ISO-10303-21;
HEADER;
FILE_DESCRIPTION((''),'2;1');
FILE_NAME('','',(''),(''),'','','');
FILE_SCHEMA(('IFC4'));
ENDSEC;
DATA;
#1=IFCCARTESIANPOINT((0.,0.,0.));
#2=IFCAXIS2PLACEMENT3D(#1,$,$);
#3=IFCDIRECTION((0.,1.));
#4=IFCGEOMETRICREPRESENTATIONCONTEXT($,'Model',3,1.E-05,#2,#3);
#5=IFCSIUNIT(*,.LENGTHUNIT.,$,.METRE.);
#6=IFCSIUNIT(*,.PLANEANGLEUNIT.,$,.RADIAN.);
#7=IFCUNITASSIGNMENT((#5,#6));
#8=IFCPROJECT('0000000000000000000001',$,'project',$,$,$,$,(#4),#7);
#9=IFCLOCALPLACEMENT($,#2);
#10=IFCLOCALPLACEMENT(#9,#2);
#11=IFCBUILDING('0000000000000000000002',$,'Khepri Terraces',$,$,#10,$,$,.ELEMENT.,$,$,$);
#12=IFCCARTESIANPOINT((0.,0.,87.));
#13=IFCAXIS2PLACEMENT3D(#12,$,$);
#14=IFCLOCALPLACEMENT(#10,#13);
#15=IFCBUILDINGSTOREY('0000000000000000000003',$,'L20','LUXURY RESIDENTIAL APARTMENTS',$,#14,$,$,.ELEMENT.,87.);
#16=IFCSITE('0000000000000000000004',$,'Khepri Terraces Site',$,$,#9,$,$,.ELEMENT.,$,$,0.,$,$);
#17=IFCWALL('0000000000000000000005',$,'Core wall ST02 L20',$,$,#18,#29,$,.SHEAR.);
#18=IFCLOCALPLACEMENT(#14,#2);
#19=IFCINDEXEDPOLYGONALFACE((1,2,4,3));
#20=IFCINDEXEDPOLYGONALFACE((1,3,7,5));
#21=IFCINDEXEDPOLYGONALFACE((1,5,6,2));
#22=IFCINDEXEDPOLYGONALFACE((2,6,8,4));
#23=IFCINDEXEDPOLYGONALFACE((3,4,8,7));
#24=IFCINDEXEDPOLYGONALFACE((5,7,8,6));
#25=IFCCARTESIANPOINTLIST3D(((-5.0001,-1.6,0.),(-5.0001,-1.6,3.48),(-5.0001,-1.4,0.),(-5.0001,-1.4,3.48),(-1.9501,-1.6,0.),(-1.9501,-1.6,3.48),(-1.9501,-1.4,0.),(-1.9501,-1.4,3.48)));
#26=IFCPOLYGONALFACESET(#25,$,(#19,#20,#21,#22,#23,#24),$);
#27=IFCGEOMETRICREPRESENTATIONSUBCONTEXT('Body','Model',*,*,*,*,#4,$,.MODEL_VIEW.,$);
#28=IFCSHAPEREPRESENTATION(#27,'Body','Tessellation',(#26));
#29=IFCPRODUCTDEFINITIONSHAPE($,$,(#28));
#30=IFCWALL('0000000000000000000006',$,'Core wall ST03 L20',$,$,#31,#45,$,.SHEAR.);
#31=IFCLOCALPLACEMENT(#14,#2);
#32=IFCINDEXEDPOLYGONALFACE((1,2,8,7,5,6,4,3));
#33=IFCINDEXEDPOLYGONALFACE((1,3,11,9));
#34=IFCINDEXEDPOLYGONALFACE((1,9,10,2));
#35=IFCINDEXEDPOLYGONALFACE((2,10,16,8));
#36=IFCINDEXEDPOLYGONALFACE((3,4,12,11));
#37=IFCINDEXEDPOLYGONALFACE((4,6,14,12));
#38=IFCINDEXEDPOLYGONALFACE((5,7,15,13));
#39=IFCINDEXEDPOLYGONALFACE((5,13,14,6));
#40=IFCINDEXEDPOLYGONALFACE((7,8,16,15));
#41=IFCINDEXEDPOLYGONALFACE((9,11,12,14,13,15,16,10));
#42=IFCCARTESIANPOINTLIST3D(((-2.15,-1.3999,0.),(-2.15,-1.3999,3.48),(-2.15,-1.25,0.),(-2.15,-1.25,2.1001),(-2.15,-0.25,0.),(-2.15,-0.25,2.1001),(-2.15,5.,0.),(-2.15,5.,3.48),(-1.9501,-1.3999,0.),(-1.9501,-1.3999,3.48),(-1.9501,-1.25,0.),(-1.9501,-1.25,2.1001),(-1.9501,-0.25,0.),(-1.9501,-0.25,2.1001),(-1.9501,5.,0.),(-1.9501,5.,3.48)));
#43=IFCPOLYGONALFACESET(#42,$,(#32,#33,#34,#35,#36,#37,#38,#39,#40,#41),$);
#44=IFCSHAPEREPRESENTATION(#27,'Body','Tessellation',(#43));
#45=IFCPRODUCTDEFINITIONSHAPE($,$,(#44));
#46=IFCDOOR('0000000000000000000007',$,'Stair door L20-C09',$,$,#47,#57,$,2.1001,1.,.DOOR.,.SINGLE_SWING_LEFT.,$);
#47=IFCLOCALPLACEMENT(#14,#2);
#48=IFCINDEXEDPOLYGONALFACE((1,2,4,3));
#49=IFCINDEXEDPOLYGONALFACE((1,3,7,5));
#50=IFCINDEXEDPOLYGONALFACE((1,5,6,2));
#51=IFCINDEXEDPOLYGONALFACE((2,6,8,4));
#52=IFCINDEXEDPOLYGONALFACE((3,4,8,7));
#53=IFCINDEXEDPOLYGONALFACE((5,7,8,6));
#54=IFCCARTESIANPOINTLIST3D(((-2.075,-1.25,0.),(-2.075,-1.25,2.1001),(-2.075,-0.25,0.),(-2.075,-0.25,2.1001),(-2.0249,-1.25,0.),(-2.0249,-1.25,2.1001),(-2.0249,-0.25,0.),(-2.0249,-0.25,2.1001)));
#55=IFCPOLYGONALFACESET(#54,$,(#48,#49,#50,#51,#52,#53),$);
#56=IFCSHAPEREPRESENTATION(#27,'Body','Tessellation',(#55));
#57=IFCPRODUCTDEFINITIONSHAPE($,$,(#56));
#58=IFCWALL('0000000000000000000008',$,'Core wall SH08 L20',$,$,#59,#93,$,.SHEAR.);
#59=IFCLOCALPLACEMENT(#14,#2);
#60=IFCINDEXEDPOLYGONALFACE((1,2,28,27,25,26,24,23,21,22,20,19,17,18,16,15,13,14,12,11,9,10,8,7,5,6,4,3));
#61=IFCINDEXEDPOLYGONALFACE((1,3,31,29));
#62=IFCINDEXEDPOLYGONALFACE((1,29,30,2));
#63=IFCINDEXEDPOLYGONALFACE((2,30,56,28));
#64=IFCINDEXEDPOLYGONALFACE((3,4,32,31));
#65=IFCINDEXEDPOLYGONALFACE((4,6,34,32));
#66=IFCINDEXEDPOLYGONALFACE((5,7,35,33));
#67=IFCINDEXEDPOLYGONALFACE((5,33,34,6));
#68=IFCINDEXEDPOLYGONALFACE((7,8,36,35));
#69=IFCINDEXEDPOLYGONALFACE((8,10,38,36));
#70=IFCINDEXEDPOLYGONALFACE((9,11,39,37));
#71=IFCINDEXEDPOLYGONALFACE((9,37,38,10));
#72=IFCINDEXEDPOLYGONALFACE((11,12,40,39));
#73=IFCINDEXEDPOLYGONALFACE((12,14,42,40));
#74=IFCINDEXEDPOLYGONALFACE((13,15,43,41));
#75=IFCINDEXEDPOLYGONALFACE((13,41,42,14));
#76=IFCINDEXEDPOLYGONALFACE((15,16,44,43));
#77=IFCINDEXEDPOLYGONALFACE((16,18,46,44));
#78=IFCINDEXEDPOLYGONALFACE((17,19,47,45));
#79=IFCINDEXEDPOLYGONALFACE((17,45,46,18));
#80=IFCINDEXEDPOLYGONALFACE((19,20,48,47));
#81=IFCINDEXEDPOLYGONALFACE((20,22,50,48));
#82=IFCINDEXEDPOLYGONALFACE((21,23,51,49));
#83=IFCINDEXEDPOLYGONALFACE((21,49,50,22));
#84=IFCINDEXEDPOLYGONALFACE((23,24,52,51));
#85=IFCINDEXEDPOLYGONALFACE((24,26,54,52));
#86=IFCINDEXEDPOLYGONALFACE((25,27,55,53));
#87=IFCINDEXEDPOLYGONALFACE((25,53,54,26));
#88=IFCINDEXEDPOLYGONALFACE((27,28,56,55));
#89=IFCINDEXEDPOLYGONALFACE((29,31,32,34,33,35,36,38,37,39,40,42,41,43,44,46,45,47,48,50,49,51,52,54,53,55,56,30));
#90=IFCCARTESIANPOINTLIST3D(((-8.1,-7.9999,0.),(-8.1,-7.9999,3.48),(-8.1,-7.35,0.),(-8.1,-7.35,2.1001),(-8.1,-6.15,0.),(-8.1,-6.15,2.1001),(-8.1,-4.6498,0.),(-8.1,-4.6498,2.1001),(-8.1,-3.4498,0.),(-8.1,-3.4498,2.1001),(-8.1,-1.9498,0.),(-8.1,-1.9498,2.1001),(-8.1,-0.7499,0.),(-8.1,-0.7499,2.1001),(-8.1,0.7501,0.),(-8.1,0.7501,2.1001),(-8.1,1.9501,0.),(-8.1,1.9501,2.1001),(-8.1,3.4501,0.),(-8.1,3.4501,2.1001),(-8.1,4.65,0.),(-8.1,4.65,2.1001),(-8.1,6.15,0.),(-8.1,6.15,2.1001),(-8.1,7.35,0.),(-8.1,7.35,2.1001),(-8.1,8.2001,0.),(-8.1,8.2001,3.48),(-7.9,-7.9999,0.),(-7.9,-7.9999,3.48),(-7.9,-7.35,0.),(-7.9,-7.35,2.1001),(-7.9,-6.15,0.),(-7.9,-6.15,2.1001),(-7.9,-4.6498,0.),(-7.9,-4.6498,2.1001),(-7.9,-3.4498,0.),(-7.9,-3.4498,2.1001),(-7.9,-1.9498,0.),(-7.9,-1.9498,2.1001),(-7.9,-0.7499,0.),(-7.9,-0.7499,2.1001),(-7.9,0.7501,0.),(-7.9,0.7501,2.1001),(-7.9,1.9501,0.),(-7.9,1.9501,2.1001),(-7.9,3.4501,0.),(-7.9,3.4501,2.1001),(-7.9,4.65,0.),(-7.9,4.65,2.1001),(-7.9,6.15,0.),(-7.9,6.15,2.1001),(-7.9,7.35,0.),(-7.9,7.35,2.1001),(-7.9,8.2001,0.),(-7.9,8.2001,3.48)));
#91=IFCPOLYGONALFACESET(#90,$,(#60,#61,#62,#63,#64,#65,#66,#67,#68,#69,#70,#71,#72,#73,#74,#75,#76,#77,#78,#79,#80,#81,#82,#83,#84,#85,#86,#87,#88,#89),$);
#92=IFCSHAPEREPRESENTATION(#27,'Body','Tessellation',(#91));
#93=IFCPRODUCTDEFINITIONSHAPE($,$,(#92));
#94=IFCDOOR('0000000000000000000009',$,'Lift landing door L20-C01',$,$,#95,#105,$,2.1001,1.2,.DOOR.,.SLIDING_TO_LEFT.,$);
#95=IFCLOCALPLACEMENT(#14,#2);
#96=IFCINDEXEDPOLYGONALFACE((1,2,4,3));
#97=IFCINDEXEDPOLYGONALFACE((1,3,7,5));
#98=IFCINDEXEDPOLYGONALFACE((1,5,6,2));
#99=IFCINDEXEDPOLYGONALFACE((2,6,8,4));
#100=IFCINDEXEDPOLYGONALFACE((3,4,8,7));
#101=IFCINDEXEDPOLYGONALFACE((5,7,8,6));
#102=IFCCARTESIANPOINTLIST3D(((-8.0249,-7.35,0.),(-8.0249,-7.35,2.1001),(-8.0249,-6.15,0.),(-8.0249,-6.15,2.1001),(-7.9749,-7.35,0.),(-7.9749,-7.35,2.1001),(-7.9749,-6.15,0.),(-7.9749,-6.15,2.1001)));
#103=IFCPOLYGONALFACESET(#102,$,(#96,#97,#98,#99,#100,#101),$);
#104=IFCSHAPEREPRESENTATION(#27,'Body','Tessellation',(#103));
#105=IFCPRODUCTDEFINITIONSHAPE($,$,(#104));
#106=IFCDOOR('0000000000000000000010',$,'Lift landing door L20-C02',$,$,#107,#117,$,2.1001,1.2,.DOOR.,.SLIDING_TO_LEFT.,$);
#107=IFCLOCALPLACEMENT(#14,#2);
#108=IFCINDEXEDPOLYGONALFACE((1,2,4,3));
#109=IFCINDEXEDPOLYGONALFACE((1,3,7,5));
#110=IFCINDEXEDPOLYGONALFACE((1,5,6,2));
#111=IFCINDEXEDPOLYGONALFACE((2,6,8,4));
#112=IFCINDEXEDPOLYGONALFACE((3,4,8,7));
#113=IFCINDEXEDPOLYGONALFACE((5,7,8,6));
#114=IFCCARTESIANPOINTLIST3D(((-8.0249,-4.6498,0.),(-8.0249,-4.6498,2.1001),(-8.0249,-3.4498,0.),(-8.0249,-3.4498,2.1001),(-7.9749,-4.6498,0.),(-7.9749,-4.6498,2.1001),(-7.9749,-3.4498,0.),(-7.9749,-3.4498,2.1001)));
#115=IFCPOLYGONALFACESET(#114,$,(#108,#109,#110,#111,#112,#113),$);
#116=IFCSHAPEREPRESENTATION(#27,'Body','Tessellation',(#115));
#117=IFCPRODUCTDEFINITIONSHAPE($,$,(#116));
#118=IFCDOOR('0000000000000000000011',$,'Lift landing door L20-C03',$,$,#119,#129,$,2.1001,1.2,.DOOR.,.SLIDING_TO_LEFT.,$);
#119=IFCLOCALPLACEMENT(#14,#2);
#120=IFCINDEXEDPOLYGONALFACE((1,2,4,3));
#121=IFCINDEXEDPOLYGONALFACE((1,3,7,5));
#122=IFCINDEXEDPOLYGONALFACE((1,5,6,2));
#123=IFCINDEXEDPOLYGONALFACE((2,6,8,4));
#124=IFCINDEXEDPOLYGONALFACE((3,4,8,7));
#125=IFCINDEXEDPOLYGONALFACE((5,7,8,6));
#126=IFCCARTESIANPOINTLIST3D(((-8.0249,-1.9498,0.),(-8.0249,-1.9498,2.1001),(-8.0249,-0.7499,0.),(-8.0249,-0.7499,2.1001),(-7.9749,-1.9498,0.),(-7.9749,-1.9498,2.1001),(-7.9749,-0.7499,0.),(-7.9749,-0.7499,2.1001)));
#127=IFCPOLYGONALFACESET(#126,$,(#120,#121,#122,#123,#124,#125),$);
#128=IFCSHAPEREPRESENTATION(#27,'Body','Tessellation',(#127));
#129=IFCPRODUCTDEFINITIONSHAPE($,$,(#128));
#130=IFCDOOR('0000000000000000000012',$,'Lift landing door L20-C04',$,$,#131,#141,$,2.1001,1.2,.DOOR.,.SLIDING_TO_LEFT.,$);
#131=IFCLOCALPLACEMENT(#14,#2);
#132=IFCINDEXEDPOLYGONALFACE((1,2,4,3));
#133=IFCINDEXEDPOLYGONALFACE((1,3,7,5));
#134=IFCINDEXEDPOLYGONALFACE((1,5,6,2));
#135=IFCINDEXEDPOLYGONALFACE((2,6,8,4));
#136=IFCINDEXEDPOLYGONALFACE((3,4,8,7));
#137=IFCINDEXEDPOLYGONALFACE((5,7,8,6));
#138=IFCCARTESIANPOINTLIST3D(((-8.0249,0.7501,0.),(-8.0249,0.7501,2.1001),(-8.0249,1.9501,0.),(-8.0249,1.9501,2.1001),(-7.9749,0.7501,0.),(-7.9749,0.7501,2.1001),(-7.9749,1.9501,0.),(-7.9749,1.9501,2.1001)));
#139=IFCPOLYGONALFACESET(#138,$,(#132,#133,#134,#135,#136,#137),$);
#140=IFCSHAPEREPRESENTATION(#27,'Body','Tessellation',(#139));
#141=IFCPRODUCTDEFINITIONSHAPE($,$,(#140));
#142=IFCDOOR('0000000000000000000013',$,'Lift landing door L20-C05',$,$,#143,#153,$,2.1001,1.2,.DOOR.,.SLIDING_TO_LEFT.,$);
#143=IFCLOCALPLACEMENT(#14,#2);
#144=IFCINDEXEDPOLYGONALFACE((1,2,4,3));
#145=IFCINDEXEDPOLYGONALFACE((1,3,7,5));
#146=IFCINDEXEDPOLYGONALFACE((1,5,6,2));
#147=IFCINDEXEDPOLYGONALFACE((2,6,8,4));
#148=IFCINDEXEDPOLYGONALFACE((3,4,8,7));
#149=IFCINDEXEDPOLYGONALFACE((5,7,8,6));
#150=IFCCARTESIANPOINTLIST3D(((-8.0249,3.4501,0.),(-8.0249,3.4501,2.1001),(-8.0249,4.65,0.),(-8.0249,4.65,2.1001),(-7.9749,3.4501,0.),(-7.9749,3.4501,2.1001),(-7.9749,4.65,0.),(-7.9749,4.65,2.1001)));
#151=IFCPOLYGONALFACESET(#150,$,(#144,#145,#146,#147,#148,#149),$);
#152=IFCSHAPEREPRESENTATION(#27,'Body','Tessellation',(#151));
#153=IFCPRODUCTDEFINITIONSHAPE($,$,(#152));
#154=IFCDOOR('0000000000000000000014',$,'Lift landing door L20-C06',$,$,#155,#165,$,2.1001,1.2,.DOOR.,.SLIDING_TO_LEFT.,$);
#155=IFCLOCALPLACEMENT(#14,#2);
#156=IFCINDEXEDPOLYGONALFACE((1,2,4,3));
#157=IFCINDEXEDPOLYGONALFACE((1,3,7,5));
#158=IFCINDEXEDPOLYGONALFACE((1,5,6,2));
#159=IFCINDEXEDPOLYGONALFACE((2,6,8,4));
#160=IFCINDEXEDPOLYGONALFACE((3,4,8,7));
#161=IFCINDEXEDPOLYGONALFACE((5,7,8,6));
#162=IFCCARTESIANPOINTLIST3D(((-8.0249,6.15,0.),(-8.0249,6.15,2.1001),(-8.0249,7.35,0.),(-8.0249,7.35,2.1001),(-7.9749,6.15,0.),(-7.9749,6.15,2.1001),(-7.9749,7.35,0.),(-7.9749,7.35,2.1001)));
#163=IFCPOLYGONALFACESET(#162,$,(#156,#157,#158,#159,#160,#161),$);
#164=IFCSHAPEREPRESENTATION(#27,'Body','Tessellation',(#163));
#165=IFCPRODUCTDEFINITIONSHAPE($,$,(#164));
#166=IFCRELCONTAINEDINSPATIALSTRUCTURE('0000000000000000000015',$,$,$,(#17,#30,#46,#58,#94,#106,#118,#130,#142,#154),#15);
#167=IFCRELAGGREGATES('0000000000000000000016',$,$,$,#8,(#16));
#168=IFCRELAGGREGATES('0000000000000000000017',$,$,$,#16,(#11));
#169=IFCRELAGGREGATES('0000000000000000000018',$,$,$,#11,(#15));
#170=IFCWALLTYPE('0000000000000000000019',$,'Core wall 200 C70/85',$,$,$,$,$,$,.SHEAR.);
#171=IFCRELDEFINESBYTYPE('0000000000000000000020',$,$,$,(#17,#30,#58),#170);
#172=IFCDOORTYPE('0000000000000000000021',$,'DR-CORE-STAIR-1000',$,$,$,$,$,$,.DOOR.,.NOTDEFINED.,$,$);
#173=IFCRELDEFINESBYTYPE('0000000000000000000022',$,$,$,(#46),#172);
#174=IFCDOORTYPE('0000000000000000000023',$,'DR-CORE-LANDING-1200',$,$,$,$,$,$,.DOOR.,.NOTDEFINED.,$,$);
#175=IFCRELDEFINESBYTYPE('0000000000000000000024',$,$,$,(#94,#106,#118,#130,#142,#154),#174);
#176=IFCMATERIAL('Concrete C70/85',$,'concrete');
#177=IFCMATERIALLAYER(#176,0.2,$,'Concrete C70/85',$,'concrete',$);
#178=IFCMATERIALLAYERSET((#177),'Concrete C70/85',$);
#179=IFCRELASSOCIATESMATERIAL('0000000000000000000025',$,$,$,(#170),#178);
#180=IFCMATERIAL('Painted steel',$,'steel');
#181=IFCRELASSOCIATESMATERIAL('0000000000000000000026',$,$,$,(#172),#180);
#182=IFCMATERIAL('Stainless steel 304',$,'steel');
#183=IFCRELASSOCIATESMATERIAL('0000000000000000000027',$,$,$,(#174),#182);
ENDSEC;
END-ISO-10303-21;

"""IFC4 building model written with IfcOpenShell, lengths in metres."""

from ifc_helpers import new_model, si_unit, direction, frame, frame_2d, origin, place, context, subcontext, project, spatial, rectangle, extrude, material, layer, layer_set, type_object, element, fill, save


model = new_model("IFC4")

# Units and contexts
model_context = context("Model", 3, precision=1e-05, world=origin(), true_north=direction((0.0, 1.0)))
body_context = subcontext(model_context, "Body", "Model", "MODEL_VIEW")
ifc_project = project(units=[si_unit("LENGTHUNIT", "METRE"), si_unit("PLANEANGLEUNIT", "RADIAN")], contexts=[model_context])

# Site, building, storey
site_placement = place(None, origin())
site = spatial("IfcSite", under=ifc_project, at=site_placement, Name="Khepri Terraces Site", CompositionType="ELEMENT", RefElevation=0.0)
building_placement = place(site_placement, origin())
building = spatial("IfcBuilding", under=site, at=building_placement, Name="Khepri Terraces", CompositionType="ELEMENT")
storey_placement = place(building_placement, frame((0.0, 0.0, 87.0)))
storey = spatial("IfcBuildingStorey", under=building, at=storey_placement, Name="L20", Description="LUXURY RESIDENTIAL APARTMENTS", CompositionType="ELEMENT", Elevation=87.0)

# Wall
ifc_material_1 = material(Name="Concrete C70/85", Category="concrete")
ifc_layer_1 = layer(ifc_material_1, 0.2, Name="Concrete C70/85", Category="concrete")
ifc_layer_set_1 = layer_set([ifc_layer_1], Name="Concrete C70/85")
wall_type_1 = type_object("IfcWallType", Name="Core wall 200 C70/85", PredefinedType="SHEAR", material=ifc_layer_set_1)
wall_1_placement = place(storey_placement, frame((-5.0, -1.5, 0.0), z_axis=(0.0, 0.0, 1.0), x_axis=(1.0, 0.0, 0.0)))
element("IfcWall", 1, at=wall_1_placement, inside=storey, type_object=wall_type_1, Name="Core wall ST02 L20", PredefinedType="SHEAR", context=body_context, shape_type="SweptSolid", body=[
    extrude(rectangle(XDim=3.05, YDim=0.2, at=frame_2d((1.5249, 0.0))), origin(), (0.0, 0.0, 1.0), 3.48),
])

# Wall, opening, door
wall_2_placement = place(storey_placement, frame((-2.05, -1.3999, 0.0), z_axis=(0.0, 0.0, 1.0), x_axis=(0.0, 1.0, 0.0)))
wall_2 = element("IfcWall", 2, at=wall_2_placement, inside=storey, type_object=wall_type_1, Name="Core wall ST03 L20", PredefinedType="SHEAR", context=body_context, shape_type="SweptSolid", body=[
    extrude(rectangle(XDim=6.3999, YDim=0.2, at=frame_2d((3.2, 0.0))), origin(), (0.0, 0.0, 1.0), 3.48),
])
opening_1_placement = place(wall_2_placement, frame((0.1499, 0.0, 0.0)))
opening_1 = element("IfcOpeningElement", 3, at=opening_1_placement, cuts=wall_2, PredefinedType="OPENING", context=body_context, shape_type="SweptSolid", body=[
    extrude(rectangle(XDim=1.0, YDim=2.1001, at=frame_2d((0.5, 1.05))), frame((0.0, 0.1099, 0.0), z_axis=(0.0, -1.0, 0.0), x_axis=(1.0, 0.0, 0.0)), (0.0, 0.0, 1.0), 0.22),
])
ifc_material_2 = material(Name="Painted steel", Category="steel")
door_type_1 = type_object("IfcDoorType", Name="DR-CORE-STAIR-1000", OperationType="NOTDEFINED", PredefinedType="DOOR", material=ifc_material_2)
door_1_placement = place(opening_1_placement, origin())
door_1 = element("IfcDoor", 4, at=door_1_placement, inside=storey, type_object=door_type_1, Name="Stair door L20-C09", OperationType="SINGLE_SWING_LEFT", OverallHeight=2.1001, OverallWidth=1.0, PredefinedType="DOOR", context=body_context, shape_type="SweptSolid", body=[
    extrude(rectangle(XDim=1.0, YDim=2.1001, at=frame_2d((0.5, 1.05))), frame((0.0, 0.0249, 0.0), z_axis=(0.0, -1.0, 0.0), x_axis=(1.0, 0.0, 0.0)), (0.0, 0.0, 1.0), 0.05),
])
fill(opening_1, door_1)

# Wall, openings, doors
wall_3_placement = place(storey_placement, frame((-8.0, -8.0, 0.0), z_axis=(0.0, 0.0, 1.0), x_axis=(0.0, 1.0, 0.0)))
wall_3 = element("IfcWall", 5, at=wall_3_placement, inside=storey, type_object=wall_type_1, Name="Core wall SH08 L20", PredefinedType="SHEAR", context=body_context, shape_type="SweptSolid", body=[
    extrude(rectangle(XDim=16.2, YDim=0.2, at=frame_2d((8.1001, 0.0))), origin(), (0.0, 0.0, 1.0), 3.48),
])
opening_2_placement = place(wall_3_placement, frame((0.6499, 0.0, 0.0)))
opening_2 = element("IfcOpeningElement", 6, at=opening_2_placement, cuts=wall_3, PredefinedType="OPENING", context=body_context, shape_type="SweptSolid", body=[
    extrude(rectangle(XDim=1.2, YDim=2.1001, at=frame_2d((0.6001, 1.05))), frame((0.0, 0.1099, 0.0), z_axis=(0.0, -1.0, 0.0), x_axis=(1.0, 0.0, 0.0)), (0.0, 0.0, 1.0), 0.22),
])
opening_3_placement = place(wall_3_placement, frame((3.3501, 0.0, 0.0)))
opening_3 = element("IfcOpeningElement", 7, at=opening_3_placement, cuts=wall_3, PredefinedType="OPENING", context=body_context, shape_type="SweptSolid", body=[
    extrude(rectangle(XDim=1.2, YDim=2.1001, at=frame_2d((0.6001, 1.05))), frame((0.0, 0.1099, 0.0), z_axis=(0.0, -1.0, 0.0), x_axis=(1.0, 0.0, 0.0)), (0.0, 0.0, 1.0), 0.22),
])
opening_4_placement = place(wall_3_placement, frame((6.05, 0.0, 0.0)))
opening_4 = element("IfcOpeningElement", 8, at=opening_4_placement, cuts=wall_3, PredefinedType="OPENING", context=body_context, shape_type="SweptSolid", body=[
    extrude(rectangle(XDim=1.2, YDim=2.1001, at=frame_2d((0.6001, 1.05))), frame((0.0, 0.1099, 0.0), z_axis=(0.0, -1.0, 0.0), x_axis=(1.0, 0.0, 0.0)), (0.0, 0.0, 1.0), 0.22),
])
opening_5_placement = place(wall_3_placement, frame((8.75, 0.0, 0.0)))
opening_5 = element("IfcOpeningElement", 9, at=opening_5_placement, cuts=wall_3, PredefinedType="OPENING", context=body_context, shape_type="SweptSolid", body=[
    extrude(rectangle(XDim=1.2, YDim=2.1001, at=frame_2d((0.6001, 1.05))), frame((0.0, 0.1099, 0.0), z_axis=(0.0, -1.0, 0.0), x_axis=(1.0, 0.0, 0.0)), (0.0, 0.0, 1.0), 0.22),
])
opening_6_placement = place(wall_3_placement, frame((11.45, 0.0, 0.0)))
opening_6 = element("IfcOpeningElement", 10, at=opening_6_placement, cuts=wall_3, PredefinedType="OPENING", context=body_context, shape_type="SweptSolid", body=[
    extrude(rectangle(XDim=1.2, YDim=2.1001, at=frame_2d((0.6001, 1.05))), frame((0.0, 0.1099, 0.0), z_axis=(0.0, -1.0, 0.0), x_axis=(1.0, 0.0, 0.0)), (0.0, 0.0, 1.0), 0.22),
])
opening_7_placement = place(wall_3_placement, frame((14.1499, 0.0, 0.0)))
opening_7 = element("IfcOpeningElement", 11, at=opening_7_placement, cuts=wall_3, PredefinedType="OPENING", context=body_context, shape_type="SweptSolid", body=[
    extrude(rectangle(XDim=1.2, YDim=2.1001, at=frame_2d((0.6001, 1.05))), frame((0.0, 0.1099, 0.0), z_axis=(0.0, -1.0, 0.0), x_axis=(1.0, 0.0, 0.0)), (0.0, 0.0, 1.0), 0.22),
])
ifc_material_3 = material(Name="Stainless steel 304", Category="steel")
door_type_2 = type_object("IfcDoorType", Name="DR-CORE-LANDING-1200", OperationType="NOTDEFINED", PredefinedType="DOOR", material=ifc_material_3)
door_2_placement = place(opening_2_placement, origin())
door_2 = element("IfcDoor", 12, at=door_2_placement, inside=storey, type_object=door_type_2, Name="Lift landing door L20-C01", OperationType="SLIDING_TO_LEFT", OverallHeight=2.1001, OverallWidth=1.2, PredefinedType="DOOR", context=body_context, shape_type="SweptSolid", body=[
    extrude(rectangle(XDim=1.2, YDim=2.1001, at=frame_2d((0.6001, 1.05))), frame((0.0, 0.0249, 0.0), z_axis=(0.0, -1.0, 0.0), x_axis=(1.0, 0.0, 0.0)), (0.0, 0.0, 1.0), 0.05),
])
fill(opening_2, door_2)
door_3_placement = place(opening_3_placement, origin())
door_3 = element("IfcDoor", 13, at=door_3_placement, inside=storey, type_object=door_type_2, Name="Lift landing door L20-C02", OperationType="SLIDING_TO_LEFT", OverallHeight=2.1001, OverallWidth=1.2, PredefinedType="DOOR", context=body_context, shape_type="SweptSolid", body=[
    extrude(rectangle(XDim=1.2, YDim=2.1001, at=frame_2d((0.6001, 1.05))), frame((0.0, 0.0249, 0.0), z_axis=(0.0, -1.0, 0.0), x_axis=(1.0, 0.0, 0.0)), (0.0, 0.0, 1.0), 0.05),
])
fill(opening_3, door_3)
door_4_placement = place(opening_4_placement, origin())
door_4 = element("IfcDoor", 14, at=door_4_placement, inside=storey, type_object=door_type_2, Name="Lift landing door L20-C03", OperationType="SLIDING_TO_LEFT", OverallHeight=2.1001, OverallWidth=1.2, PredefinedType="DOOR", context=body_context, shape_type="SweptSolid", body=[
    extrude(rectangle(XDim=1.2, YDim=2.1001, at=frame_2d((0.6001, 1.05))), frame((0.0, 0.0249, 0.0), z_axis=(0.0, -1.0, 0.0), x_axis=(1.0, 0.0, 0.0)), (0.0, 0.0, 1.0), 0.05),
])
fill(opening_4, door_4)
door_5_placement = place(opening_5_placement, origin())
door_5 = element("IfcDoor", 15, at=door_5_placement, inside=storey, type_object=door_type_2, Name="Lift landing door L20-C04", OperationType="SLIDING_TO_LEFT", OverallHeight=2.1001, OverallWidth=1.2, PredefinedType="DOOR", context=body_context, shape_type="SweptSolid", body=[
    extrude(rectangle(XDim=1.2, YDim=2.1001, at=frame_2d((0.6001, 1.05))), frame((0.0, 0.0249, 0.0), z_axis=(0.0, -1.0, 0.0), x_axis=(1.0, 0.0, 0.0)), (0.0, 0.0, 1.0), 0.05),
])
fill(opening_5, door_5)
door_6_placement = place(opening_6_placement, origin())
door_6 = element("IfcDoor", 16, at=door_6_placement, inside=storey, type_object=door_type_2, Name="Lift landing door L20-C05", OperationType="SLIDING_TO_LEFT", OverallHeight=2.1001, OverallWidth=1.2, PredefinedType="DOOR", context=body_context, shape_type="SweptSolid", body=[
    extrude(rectangle(XDim=1.2, YDim=2.1001, at=frame_2d((0.6001, 1.05))), frame((0.0, 0.0249, 0.0), z_axis=(0.0, -1.0, 0.0), x_axis=(1.0, 0.0, 0.0)), (0.0, 0.0, 1.0), 0.05),
])
fill(opening_6, door_6)
door_7_placement = place(opening_7_placement, origin())
door_7 = element("IfcDoor", 17, at=door_7_placement, inside=storey, type_object=door_type_2, Name="Lift landing door L20-C06", OperationType="SLIDING_TO_LEFT", OverallHeight=2.1001, OverallWidth=1.2, PredefinedType="DOOR", context=body_context, shape_type="SweptSolid", body=[
    extrude(rectangle(XDim=1.2, YDim=2.1001, at=frame_2d((0.6001, 1.05))), frame((0.0, 0.0249, 0.0), z_axis=(0.0, -1.0, 0.0), x_axis=(1.0, 0.0, 0.0)), (0.0, 0.0, 1.0), 0.05),
])
fill(opening_7, door_7)

save(model, "model.ifc")
